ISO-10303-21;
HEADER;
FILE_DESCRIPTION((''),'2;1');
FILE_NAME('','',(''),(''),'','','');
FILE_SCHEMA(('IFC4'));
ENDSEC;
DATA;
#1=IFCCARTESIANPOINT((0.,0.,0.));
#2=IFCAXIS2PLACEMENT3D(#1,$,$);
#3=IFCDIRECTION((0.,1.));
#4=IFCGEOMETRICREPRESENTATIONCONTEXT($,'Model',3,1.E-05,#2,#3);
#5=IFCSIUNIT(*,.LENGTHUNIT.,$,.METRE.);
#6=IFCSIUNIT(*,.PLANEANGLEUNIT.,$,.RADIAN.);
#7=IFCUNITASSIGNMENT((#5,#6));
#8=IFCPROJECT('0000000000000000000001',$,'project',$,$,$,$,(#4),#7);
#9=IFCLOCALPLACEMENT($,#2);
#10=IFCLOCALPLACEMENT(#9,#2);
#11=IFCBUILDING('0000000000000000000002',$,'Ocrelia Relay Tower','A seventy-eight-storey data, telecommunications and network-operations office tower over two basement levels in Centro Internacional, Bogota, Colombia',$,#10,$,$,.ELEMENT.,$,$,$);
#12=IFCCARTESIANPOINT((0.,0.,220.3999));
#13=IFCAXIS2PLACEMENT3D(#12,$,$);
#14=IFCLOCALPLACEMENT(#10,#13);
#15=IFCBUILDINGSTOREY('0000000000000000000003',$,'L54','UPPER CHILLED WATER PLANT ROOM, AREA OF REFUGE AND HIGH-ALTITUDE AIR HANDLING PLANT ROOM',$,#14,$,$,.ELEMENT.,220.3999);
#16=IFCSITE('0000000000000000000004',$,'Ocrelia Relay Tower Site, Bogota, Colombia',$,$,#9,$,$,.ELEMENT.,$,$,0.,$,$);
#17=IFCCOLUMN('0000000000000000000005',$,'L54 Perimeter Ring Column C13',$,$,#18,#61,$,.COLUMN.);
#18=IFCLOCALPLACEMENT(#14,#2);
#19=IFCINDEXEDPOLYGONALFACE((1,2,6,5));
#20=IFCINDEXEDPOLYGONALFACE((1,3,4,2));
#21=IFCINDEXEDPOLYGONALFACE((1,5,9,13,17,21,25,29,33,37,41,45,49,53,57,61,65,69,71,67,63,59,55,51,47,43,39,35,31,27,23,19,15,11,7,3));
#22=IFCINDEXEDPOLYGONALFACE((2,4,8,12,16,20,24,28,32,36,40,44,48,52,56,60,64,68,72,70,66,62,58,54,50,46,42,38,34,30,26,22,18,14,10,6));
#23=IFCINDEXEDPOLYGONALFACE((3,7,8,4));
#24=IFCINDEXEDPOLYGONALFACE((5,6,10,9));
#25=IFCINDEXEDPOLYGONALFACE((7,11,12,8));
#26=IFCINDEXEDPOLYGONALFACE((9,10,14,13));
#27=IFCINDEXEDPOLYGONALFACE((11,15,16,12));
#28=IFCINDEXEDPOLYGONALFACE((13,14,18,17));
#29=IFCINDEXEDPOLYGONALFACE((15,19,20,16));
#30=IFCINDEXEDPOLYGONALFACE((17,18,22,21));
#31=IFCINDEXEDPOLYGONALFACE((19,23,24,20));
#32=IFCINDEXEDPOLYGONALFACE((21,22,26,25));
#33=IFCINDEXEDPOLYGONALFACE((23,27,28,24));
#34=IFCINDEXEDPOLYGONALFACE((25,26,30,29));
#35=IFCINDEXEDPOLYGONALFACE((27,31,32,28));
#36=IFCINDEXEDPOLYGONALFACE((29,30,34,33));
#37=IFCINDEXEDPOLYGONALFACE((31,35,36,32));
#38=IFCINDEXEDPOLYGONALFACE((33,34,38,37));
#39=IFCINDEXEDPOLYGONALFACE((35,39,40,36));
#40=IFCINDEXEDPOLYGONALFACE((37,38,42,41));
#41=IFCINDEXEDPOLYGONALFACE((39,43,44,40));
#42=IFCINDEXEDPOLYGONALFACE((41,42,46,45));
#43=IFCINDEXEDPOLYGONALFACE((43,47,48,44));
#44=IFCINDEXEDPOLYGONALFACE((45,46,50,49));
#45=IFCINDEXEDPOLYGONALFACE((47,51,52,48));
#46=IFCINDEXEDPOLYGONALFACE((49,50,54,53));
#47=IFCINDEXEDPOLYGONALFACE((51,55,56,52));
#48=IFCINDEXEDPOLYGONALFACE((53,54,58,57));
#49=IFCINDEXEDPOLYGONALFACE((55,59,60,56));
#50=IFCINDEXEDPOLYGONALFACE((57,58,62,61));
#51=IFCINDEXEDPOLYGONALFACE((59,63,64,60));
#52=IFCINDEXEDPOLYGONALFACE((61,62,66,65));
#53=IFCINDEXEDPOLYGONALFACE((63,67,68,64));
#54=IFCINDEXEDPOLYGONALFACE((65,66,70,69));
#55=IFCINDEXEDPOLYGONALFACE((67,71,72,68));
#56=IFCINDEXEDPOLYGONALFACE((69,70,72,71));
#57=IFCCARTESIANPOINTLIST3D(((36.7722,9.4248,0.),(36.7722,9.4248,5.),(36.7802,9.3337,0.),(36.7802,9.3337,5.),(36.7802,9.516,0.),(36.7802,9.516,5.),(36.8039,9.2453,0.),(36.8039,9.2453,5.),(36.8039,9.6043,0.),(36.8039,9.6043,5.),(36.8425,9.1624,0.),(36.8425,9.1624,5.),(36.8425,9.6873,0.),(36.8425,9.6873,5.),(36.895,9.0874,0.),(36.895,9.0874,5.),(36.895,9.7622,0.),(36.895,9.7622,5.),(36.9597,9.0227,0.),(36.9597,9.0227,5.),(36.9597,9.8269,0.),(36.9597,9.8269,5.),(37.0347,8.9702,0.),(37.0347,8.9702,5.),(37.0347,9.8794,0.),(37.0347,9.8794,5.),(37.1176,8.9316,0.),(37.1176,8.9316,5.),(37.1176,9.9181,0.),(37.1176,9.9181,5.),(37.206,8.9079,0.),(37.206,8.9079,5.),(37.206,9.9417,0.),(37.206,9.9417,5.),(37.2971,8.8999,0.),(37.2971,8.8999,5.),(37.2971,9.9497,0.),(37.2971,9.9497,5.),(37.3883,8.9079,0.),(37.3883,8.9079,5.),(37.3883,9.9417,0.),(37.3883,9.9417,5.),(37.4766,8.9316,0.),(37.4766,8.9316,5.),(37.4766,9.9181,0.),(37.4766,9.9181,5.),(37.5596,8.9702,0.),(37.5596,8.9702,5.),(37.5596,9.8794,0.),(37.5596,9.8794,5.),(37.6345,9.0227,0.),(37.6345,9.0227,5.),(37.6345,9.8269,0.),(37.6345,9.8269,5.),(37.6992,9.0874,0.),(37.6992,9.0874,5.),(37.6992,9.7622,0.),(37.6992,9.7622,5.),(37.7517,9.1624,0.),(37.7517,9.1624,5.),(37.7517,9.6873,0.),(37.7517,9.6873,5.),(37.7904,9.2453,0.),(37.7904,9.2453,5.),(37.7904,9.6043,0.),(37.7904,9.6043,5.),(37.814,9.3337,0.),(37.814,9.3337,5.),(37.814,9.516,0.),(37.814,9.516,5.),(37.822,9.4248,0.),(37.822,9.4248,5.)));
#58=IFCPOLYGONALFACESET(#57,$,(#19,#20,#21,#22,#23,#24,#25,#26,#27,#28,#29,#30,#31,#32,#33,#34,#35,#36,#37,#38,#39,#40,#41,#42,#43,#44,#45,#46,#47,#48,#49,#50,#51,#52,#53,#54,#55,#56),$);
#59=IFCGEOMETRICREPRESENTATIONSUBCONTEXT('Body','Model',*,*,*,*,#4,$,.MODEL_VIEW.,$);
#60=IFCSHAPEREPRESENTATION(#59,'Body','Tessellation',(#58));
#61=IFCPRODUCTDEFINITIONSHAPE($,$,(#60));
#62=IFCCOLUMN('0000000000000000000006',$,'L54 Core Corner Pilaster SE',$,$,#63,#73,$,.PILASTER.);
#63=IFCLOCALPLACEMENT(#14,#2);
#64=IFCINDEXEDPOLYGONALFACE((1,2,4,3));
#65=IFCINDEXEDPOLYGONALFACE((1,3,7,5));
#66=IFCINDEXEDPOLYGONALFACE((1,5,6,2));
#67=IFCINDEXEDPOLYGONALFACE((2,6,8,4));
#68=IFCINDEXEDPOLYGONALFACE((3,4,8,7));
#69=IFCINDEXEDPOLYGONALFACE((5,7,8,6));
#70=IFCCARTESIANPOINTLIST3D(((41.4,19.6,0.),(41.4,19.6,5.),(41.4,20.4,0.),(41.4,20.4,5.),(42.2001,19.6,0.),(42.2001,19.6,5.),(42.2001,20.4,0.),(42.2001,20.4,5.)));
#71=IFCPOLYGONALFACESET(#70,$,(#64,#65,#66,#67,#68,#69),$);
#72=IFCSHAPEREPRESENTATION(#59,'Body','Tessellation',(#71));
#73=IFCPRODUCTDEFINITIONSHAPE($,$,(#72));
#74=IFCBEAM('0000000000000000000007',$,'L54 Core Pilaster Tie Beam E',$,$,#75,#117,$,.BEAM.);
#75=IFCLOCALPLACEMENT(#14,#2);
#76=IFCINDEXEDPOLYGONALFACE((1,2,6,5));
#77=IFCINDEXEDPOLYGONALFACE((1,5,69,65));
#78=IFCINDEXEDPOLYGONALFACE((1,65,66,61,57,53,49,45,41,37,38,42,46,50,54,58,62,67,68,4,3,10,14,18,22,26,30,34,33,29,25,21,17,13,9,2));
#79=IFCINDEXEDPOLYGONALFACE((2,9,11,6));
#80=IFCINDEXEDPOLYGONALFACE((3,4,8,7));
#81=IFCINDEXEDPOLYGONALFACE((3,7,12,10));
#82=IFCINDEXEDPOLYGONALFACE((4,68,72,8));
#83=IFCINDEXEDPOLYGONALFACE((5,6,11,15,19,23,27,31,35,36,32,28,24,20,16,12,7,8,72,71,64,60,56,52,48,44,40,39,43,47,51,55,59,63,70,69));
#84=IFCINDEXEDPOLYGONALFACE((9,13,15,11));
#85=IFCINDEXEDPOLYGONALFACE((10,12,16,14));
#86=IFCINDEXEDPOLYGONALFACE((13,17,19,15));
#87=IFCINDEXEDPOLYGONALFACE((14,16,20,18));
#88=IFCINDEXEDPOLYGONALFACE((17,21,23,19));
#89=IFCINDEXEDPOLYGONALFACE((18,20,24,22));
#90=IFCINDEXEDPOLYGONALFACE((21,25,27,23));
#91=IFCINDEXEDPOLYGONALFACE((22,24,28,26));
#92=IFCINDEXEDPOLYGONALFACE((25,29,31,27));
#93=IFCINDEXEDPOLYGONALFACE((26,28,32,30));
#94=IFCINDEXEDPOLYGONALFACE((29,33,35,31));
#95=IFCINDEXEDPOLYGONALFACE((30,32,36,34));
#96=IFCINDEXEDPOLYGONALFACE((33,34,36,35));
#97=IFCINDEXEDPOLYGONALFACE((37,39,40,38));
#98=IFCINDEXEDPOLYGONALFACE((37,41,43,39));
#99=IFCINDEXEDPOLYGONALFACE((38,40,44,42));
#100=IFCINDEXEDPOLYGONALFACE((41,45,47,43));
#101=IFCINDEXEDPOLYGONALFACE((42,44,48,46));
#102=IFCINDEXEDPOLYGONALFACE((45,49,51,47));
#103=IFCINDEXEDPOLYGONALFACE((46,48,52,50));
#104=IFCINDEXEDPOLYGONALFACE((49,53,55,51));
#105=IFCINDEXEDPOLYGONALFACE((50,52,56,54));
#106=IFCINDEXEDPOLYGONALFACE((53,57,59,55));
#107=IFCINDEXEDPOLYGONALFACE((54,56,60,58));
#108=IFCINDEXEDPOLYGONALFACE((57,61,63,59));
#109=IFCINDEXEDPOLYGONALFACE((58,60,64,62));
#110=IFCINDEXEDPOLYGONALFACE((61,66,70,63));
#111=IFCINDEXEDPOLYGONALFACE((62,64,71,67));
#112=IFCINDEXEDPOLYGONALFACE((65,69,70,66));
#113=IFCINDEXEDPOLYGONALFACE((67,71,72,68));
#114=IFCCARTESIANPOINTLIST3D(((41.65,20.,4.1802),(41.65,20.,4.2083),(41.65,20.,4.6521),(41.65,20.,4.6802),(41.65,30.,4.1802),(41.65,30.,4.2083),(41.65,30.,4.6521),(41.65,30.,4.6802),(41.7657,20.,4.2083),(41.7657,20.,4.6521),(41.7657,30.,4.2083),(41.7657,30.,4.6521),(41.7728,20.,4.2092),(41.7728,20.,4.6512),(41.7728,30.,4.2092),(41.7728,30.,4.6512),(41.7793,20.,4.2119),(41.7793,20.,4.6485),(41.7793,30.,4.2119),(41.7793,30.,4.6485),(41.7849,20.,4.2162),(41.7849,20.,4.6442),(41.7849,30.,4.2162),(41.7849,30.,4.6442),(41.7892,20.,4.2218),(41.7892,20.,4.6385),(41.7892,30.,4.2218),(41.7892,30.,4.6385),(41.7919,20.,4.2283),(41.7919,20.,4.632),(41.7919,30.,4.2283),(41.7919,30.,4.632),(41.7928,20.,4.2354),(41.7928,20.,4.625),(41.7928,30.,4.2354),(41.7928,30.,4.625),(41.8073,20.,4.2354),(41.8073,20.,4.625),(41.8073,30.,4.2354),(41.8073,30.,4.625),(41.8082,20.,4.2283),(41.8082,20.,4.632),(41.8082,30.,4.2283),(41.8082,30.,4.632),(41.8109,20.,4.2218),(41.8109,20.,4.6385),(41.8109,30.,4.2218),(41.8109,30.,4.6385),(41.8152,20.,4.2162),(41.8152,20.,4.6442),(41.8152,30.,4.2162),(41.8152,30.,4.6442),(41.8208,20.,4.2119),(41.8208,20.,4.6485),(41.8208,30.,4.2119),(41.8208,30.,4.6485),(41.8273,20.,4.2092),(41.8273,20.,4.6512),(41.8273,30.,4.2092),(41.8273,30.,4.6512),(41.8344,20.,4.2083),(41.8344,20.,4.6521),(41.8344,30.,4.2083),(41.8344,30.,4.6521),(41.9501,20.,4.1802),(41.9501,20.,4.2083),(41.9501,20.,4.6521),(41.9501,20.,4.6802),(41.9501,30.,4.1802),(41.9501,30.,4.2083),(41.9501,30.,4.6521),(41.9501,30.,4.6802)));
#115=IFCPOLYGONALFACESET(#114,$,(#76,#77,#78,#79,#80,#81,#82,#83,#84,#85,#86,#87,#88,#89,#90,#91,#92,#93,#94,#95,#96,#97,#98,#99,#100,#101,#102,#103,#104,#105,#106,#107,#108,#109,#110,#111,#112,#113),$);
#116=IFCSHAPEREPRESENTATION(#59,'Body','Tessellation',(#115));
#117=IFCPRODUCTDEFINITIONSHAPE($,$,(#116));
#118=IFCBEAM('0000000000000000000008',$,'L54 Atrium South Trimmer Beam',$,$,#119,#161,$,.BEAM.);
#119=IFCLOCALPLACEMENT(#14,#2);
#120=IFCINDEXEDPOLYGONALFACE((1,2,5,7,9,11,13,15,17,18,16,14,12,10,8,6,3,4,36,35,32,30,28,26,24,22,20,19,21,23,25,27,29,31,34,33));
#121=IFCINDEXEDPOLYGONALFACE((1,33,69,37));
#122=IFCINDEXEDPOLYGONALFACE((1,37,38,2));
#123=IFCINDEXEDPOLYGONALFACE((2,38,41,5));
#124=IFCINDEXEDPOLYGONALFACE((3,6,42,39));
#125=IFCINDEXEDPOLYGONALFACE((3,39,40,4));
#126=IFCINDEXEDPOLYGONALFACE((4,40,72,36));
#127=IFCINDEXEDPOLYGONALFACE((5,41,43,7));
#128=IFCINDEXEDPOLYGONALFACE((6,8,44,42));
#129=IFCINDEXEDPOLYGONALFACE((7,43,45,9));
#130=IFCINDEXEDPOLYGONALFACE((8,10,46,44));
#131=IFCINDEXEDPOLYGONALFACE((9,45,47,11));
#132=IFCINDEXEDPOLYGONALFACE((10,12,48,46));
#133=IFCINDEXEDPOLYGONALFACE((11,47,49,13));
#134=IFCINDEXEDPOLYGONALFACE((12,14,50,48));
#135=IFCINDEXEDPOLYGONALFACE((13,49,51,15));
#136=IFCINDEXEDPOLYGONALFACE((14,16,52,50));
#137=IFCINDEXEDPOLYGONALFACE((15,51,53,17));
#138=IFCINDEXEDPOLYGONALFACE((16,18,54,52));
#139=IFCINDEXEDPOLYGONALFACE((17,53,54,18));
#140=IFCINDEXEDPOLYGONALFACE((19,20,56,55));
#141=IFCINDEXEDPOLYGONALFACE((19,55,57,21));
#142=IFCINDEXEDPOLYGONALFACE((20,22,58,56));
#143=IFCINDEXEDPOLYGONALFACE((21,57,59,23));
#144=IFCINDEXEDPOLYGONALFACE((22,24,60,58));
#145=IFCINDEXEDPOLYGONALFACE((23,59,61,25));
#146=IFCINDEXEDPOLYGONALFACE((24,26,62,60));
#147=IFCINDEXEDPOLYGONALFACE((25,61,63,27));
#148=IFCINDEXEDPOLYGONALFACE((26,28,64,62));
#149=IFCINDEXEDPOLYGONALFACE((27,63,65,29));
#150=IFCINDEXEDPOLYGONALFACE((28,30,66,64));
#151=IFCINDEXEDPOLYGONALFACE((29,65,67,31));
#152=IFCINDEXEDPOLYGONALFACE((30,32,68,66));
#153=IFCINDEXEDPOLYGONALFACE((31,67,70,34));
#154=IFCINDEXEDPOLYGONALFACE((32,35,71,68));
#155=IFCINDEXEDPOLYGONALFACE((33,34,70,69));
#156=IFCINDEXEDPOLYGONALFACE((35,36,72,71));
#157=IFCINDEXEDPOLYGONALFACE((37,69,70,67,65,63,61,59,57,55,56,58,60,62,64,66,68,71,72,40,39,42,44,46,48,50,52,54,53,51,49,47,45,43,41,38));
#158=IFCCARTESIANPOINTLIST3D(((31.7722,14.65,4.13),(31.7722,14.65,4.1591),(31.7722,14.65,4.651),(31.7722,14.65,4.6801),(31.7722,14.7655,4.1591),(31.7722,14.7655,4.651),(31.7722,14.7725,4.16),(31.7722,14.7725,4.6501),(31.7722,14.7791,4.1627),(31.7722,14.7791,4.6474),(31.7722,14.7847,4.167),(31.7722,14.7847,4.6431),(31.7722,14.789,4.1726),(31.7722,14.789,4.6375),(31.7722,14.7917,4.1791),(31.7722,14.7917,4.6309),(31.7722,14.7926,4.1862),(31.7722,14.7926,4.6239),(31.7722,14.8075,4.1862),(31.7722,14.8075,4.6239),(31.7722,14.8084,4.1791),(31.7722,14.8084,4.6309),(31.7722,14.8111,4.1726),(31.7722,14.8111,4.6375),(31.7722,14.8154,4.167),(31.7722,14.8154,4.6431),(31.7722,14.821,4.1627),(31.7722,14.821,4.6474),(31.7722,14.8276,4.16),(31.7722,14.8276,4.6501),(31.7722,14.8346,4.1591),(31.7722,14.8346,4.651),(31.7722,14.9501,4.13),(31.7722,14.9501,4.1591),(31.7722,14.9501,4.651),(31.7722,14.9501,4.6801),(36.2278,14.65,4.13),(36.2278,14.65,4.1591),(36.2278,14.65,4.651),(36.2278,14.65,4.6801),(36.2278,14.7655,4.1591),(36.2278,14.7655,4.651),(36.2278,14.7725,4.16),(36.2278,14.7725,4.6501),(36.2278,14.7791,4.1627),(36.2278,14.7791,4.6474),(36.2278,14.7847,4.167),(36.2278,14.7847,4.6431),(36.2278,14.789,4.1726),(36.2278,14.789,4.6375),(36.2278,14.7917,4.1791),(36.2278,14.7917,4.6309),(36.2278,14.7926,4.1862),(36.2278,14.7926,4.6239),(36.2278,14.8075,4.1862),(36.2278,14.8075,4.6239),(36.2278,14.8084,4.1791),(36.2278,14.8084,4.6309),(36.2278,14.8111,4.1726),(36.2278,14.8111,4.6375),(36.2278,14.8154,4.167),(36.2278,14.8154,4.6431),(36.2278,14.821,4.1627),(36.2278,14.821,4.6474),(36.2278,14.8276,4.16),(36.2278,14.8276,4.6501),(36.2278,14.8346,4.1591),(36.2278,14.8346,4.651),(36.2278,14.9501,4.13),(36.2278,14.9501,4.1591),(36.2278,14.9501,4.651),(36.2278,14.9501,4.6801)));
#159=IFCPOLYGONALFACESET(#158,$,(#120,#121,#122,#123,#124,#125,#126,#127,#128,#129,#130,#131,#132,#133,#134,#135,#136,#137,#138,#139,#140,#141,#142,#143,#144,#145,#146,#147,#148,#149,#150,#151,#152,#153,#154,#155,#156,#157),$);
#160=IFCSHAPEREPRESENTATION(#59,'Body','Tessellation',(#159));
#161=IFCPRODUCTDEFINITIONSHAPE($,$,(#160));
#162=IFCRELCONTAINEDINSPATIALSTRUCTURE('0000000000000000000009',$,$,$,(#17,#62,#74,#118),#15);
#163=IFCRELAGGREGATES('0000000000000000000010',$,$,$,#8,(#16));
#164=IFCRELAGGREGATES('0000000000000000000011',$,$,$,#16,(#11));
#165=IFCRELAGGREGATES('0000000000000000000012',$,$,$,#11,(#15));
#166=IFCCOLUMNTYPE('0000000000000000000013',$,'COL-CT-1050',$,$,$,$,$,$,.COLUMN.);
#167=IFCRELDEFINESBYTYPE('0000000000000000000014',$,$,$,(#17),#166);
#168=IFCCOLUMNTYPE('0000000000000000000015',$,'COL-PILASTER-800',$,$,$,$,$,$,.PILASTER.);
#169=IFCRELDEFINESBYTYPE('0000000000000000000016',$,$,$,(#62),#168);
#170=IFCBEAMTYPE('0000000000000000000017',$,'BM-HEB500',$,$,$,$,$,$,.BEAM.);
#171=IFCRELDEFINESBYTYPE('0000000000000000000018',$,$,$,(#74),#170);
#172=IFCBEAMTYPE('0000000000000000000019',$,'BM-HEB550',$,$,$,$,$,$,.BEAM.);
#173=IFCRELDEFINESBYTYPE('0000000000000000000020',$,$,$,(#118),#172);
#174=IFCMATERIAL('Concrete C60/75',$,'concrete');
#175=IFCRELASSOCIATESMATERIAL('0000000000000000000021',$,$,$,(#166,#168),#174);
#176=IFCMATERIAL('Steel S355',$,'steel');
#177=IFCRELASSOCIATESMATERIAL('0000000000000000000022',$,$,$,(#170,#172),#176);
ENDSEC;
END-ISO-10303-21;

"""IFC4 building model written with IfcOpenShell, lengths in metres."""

from ifc_helpers import new_model, si_unit, direction, frame, origin, origin_2d, place, context, subcontext, project, spatial, rectangle, circle, i_section, extrude, material, material_profile, profile_set, type_object, element, save


model = new_model("IFC4")

# Units and contexts
model_context = context("Model", 3, precision=1e-05, world=origin(), true_north=direction((0.0, 1.0)))
body_context = subcontext(model_context, "Body", "Model", "MODEL_VIEW")
ifc_project = project(units=[si_unit("LENGTHUNIT", "METRE"), si_unit("PLANEANGLEUNIT", "RADIAN")], contexts=[model_context])

# Site, building, storey
site_placement = place(None, origin())
site = spatial("IfcSite", under=ifc_project, at=site_placement, Name="Ocrelia Relay Tower Site, Bogota, Colombia", CompositionType="ELEMENT", RefElevation=0.0)
building_placement = place(site_placement, origin())
building = spatial("IfcBuilding", under=site, at=building_placement, Name="Ocrelia Relay Tower", Description="A seventy-eight-storey data, telecommunications and network-operations office tower over two basement levels in Centro Internacional, Bogota, Colombia", CompositionType="ELEMENT")
storey_placement = place(building_placement, frame((0.0, 0.0, 220.3999)))
storey = spatial("IfcBuildingStorey", under=building, at=storey_placement, Name="L54", Description="UPPER CHILLED WATER PLANT ROOM, AREA OF REFUGE AND HIGH-ALTITUDE AIR HANDLING PLANT ROOM", CompositionType="ELEMENT", Elevation=220.3999)

# Columns
ifc_material_1 = material(Name="Concrete C60/75", Category="concrete")
ifc_material_profile_1 = material_profile(ifc_material_1, circle(Radius=0.5249, at=origin_2d()), Name="RC-CIR-1050")
ifc_profile_set_1 = profile_set([ifc_material_profile_1], Name="Concrete C60/75")
column_type_1 = type_object("IfcColumnType", Name="COL-CT-1050", PredefinedType="COLUMN", material=ifc_profile_set_1)
column_1_placement = place(storey_placement, frame((37.2971, 9.4248, 0.0), z_axis=(0.0, 0.0, 1.0), x_axis=(1.0, 0.0, 0.0)))
element("IfcColumn", 1, at=column_1_placement, inside=storey, type_object=column_type_1, Name="L54 Perimeter Ring Column C13", PredefinedType="COLUMN", context=body_context, shape_type="SweptSolid", body=[
    extrude(circle(Radius=0.5249, at=origin_2d()), origin(), (0.0, 0.0, 1.0), 5.0),
])
ifc_material_profile_2 = material_profile(ifc_material_1, rectangle(XDim=0.8, YDim=0.8, at=origin_2d()), Name="RC-COL-800x800")
ifc_profile_set_2 = profile_set([ifc_material_profile_2], Name="Concrete C60/75")
column_type_2 = type_object("IfcColumnType", Name="COL-PILASTER-800", PredefinedType="PILASTER", material=ifc_profile_set_2)
column_2_placement = place(storey_placement, frame((41.8, 20.0, 0.0), z_axis=(0.0, 0.0, 1.0), x_axis=(1.0, 0.0, 0.0)))
element("IfcColumn", 2, at=column_2_placement, inside=storey, type_object=column_type_2, Name="L54 Core Corner Pilaster SE", PredefinedType="PILASTER", context=body_context, shape_type="SweptSolid", body=[
    extrude(rectangle(XDim=0.8, YDim=0.8, at=origin_2d()), origin(), (0.0, 0.0, 1.0), 5.0),
])

# Beams
ifc_material_2 = material(Name="Steel S355", Category="steel")
ifc_material_profile_3 = material_profile(ifc_material_2, i_section(OverallWidth=0.3, OverallDepth=0.5, WebThickness=0.0144, FlangeThickness=0.0281, FilletRadius=0.0271, at=origin_2d()), Name="HEB 500")
ifc_profile_set_3 = profile_set([ifc_material_profile_3], Name="Steel S355")
beam_type_1 = type_object("IfcBeamType", Name="BM-HEB500", PredefinedType="BEAM", material=ifc_profile_set_3)
beam_1_placement = place(storey_placement, frame((41.8, 20.0, 4.4302), z_axis=(0.0, 1.0, 0.0), x_axis=(-1.0, 0.0, 0.0)))
element("IfcBeam", 3, at=beam_1_placement, inside=storey, type_object=beam_type_1, Name="L54 Core Pilaster Tie Beam E", PredefinedType="BEAM", context=body_context, shape_type="SweptSolid", body=[
    extrude(i_section(OverallWidth=0.3, OverallDepth=0.5, WebThickness=0.0144, FlangeThickness=0.0281, FilletRadius=0.0271, at=origin_2d()), origin(), (0.0, 0.0, 1.0), 10.0),
])
ifc_material_profile_4 = material_profile(ifc_material_2, i_section(OverallWidth=0.3, OverallDepth=0.55, WebThickness=0.0149, FlangeThickness=0.0291, FilletRadius=0.0271, at=origin_2d()), Name="HEB 550")
ifc_profile_set_4 = profile_set([ifc_material_profile_4], Name="Steel S355")
beam_type_2 = type_object("IfcBeamType", Name="BM-HEB550", PredefinedType="BEAM", material=ifc_profile_set_4)
beam_2_placement = place(storey_placement, frame((31.7722, 14.8, 4.405), z_axis=(1.0, 0.0, 0.0), x_axis=(0.0, 1.0, 0.0)))
element("IfcBeam", 4, at=beam_2_placement, inside=storey, type_object=beam_type_2, Name="L54 Atrium South Trimmer Beam", PredefinedType="BEAM", context=body_context, shape_type="SweptSolid", body=[
    extrude(i_section(OverallWidth=0.3, OverallDepth=0.55, WebThickness=0.0149, FlangeThickness=0.0291, FilletRadius=0.0271, at=origin_2d()), origin(), (0.0, 0.0, 1.0), 4.4556),
])

save(model, "model.ifc")
